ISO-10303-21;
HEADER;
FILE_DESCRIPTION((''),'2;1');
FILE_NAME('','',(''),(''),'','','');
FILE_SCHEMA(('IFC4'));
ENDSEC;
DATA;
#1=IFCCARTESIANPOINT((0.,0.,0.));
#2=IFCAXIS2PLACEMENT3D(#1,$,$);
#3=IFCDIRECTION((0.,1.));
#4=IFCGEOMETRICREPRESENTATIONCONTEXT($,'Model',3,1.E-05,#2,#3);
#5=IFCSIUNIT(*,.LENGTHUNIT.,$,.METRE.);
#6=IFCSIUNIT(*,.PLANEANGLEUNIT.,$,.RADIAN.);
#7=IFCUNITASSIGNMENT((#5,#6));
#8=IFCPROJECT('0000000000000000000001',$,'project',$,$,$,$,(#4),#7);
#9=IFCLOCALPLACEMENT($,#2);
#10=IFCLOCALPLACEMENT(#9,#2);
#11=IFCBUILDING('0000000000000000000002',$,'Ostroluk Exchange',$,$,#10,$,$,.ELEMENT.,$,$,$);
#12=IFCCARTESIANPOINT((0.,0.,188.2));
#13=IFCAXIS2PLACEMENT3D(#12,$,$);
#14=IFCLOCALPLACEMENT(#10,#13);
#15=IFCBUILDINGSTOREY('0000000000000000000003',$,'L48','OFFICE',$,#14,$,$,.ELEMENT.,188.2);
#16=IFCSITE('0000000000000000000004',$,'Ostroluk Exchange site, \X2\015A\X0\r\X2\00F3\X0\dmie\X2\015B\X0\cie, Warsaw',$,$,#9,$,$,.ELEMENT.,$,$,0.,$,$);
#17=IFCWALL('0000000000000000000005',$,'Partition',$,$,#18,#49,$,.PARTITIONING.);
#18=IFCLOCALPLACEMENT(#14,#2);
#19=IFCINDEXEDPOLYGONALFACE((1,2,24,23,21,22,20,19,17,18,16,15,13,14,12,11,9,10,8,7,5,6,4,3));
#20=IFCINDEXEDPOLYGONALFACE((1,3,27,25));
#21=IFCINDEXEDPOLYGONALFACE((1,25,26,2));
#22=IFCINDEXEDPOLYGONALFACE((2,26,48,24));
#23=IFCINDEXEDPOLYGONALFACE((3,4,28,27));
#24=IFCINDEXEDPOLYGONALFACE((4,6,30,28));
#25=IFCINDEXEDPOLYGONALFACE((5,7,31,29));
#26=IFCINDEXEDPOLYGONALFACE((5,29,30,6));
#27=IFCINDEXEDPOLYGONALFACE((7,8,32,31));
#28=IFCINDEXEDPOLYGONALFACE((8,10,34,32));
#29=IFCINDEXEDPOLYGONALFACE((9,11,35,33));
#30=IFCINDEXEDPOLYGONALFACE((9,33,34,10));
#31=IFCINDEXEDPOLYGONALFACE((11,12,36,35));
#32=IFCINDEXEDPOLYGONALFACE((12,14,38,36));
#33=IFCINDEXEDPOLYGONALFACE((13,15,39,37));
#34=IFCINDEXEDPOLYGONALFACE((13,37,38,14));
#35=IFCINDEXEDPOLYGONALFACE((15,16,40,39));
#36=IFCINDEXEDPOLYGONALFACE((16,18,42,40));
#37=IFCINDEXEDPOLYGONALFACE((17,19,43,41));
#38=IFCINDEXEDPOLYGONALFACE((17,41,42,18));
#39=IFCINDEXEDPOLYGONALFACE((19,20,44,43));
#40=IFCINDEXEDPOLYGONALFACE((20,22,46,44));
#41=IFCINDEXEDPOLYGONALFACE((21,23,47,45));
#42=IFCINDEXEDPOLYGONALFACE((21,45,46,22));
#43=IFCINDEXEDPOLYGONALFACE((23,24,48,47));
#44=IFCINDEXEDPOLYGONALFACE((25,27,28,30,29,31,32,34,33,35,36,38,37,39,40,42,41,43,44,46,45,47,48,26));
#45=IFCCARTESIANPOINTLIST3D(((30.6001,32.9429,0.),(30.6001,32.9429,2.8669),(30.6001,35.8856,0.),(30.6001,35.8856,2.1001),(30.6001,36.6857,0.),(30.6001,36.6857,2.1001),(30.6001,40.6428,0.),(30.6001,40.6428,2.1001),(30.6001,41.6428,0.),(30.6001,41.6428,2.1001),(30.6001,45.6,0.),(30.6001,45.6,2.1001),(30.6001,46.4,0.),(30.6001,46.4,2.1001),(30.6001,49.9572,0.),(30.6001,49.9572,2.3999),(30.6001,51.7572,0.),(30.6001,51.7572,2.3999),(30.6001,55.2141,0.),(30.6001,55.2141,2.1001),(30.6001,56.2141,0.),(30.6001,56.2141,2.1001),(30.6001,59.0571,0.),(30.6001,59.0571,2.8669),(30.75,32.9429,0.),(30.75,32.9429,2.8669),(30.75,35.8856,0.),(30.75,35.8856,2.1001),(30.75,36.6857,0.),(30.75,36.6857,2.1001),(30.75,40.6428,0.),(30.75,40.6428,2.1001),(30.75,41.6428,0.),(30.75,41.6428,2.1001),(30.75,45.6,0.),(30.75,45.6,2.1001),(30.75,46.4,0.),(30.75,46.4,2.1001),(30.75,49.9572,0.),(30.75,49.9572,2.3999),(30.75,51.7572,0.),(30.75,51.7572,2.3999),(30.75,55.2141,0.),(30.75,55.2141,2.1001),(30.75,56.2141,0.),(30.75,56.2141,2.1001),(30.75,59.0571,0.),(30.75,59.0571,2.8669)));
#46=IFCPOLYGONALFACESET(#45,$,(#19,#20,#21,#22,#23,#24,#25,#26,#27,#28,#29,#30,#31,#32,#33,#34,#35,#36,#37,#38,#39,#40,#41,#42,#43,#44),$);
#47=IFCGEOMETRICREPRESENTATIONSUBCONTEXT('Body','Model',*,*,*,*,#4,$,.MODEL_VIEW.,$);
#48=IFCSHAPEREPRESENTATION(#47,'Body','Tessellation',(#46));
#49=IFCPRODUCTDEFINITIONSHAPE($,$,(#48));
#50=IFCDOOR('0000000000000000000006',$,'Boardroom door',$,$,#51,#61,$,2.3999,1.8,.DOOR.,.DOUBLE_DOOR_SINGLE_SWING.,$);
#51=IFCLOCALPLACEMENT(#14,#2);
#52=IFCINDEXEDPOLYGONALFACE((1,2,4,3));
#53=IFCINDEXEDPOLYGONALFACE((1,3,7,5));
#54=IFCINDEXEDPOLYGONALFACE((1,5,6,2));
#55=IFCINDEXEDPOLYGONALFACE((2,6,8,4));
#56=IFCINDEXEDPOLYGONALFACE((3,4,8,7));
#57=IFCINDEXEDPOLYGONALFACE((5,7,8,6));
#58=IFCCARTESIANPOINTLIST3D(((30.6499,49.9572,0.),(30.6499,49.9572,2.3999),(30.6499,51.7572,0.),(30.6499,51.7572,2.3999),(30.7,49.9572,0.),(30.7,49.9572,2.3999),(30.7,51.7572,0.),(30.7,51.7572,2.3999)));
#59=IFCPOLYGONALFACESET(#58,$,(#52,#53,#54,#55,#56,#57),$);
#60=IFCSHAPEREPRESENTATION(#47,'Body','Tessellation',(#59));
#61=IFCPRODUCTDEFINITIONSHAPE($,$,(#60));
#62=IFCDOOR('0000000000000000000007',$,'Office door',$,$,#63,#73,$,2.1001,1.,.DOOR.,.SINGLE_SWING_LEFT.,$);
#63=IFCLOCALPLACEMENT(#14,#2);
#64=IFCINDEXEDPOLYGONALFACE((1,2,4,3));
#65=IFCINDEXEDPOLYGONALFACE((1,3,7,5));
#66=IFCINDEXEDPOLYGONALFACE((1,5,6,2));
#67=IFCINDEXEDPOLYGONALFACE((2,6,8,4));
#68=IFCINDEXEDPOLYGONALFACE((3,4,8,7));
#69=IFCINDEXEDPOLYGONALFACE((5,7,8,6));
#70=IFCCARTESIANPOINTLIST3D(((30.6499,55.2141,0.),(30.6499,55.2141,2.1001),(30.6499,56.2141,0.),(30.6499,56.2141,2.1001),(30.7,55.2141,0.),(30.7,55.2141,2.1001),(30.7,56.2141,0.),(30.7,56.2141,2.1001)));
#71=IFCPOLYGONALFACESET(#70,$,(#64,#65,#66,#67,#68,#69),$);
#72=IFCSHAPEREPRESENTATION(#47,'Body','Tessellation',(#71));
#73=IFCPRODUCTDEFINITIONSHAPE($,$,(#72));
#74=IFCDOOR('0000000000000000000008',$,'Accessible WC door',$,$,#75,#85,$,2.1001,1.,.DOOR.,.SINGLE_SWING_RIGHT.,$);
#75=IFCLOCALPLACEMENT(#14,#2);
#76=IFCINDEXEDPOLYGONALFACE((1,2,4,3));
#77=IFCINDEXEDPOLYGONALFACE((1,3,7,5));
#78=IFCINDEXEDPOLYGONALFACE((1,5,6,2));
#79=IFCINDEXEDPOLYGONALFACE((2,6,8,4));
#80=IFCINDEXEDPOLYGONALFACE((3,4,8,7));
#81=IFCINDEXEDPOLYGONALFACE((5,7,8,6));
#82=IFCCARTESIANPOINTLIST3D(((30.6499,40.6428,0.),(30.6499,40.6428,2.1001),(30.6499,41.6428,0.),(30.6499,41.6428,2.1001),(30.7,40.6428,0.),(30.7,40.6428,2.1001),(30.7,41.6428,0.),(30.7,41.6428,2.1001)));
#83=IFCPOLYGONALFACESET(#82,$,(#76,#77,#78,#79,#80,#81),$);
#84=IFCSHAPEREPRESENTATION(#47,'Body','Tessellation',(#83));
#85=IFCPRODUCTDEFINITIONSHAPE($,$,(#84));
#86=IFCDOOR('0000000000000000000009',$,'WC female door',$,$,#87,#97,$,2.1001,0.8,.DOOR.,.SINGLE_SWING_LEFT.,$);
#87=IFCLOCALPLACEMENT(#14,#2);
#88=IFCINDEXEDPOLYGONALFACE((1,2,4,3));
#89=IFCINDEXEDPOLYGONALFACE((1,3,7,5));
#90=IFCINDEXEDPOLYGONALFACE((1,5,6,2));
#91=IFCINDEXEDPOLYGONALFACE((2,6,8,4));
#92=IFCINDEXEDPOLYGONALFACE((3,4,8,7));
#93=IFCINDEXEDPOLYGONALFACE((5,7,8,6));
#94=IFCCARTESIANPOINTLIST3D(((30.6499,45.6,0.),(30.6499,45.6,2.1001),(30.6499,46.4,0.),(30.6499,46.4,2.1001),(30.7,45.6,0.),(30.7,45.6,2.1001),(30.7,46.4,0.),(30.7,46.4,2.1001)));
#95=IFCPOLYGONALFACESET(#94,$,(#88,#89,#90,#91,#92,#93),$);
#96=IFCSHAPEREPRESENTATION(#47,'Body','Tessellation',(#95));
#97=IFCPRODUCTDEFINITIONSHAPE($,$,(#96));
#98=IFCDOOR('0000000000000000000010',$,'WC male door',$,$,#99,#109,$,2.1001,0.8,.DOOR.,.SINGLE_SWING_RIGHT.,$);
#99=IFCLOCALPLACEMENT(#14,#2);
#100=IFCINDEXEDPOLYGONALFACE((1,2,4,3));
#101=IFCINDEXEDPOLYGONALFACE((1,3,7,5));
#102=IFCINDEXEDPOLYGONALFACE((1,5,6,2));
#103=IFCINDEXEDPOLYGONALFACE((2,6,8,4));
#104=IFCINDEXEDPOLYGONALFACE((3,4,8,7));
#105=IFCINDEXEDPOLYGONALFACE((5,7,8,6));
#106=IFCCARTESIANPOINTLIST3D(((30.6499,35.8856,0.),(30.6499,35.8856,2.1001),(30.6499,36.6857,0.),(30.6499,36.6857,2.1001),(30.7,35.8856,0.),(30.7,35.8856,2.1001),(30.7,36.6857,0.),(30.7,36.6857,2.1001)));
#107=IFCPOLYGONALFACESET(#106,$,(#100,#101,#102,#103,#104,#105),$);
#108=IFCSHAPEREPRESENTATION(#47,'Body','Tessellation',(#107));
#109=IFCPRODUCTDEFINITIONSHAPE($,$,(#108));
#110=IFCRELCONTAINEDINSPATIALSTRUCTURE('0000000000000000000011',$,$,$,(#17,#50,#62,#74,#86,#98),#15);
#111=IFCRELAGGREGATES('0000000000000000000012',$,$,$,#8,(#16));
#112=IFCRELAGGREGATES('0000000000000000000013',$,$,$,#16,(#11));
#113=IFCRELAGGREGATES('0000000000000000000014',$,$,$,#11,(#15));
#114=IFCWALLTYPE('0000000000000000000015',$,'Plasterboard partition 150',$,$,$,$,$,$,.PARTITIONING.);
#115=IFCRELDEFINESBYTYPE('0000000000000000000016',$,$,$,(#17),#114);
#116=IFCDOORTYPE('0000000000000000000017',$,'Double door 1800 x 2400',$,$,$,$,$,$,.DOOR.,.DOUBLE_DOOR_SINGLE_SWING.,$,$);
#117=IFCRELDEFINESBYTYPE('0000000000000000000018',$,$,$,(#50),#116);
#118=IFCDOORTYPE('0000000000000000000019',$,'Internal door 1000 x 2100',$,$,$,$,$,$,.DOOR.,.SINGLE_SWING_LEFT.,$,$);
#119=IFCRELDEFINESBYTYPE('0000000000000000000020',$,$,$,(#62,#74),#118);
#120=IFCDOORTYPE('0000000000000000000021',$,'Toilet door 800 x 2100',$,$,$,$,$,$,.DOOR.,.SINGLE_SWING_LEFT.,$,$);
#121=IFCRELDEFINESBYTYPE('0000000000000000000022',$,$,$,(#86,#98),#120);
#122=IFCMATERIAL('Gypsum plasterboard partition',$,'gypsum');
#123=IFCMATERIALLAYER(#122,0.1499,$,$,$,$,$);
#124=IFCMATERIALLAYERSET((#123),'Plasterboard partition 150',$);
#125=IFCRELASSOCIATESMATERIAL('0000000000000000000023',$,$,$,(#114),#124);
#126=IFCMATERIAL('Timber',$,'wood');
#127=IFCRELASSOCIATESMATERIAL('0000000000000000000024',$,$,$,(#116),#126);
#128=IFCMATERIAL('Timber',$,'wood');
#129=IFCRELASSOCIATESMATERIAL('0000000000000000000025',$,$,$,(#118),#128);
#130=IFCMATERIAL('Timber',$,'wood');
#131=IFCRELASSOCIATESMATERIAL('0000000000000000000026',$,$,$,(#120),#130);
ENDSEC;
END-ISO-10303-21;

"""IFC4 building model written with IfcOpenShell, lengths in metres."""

from ifc_helpers import new_model, si_unit, direction, frame, frame_2d, origin, place, context, subcontext, project, spatial, rectangle, extrude, material, layer, layer_set, type_object, element, fill, save


model = new_model("IFC4")

# Units and contexts
model_context = context("Model", 3, precision=1e-05, world=origin(), true_north=direction((0.0, 1.0)))
body_context = subcontext(model_context, "Body", "Model", "MODEL_VIEW")
ifc_project = project(units=[si_unit("LENGTHUNIT", "METRE"), si_unit("PLANEANGLEUNIT", "RADIAN")], contexts=[model_context])

# Site, building, storey
site_placement = place(None, origin())
site = spatial("IfcSite", under=ifc_project, at=site_placement, Name="Ostroluk Exchange site, Śródmieście, Warsaw", CompositionType="ELEMENT", RefElevation=0.0)
building_placement = place(site_placement, origin())
building = spatial("IfcBuilding", under=site, at=building_placement, Name="Ostroluk Exchange", CompositionType="ELEMENT")
storey_placement = place(building_placement, frame((0.0, 0.0, 188.2)))
storey = spatial("IfcBuildingStorey", under=building, at=storey_placement, Name="L48", Description="OFFICE", CompositionType="ELEMENT", Elevation=188.2)

# Shared definitions
ifc_material_1 = material(Name="Gypsum plasterboard partition", Category="gypsum")
ifc_layer_1 = layer(ifc_material_1, 0.1499)
ifc_layer_set_1 = layer_set([ifc_layer_1], Name="Plasterboard partition 150")
wall_type = type_object("IfcWallType", Name="Plasterboard partition 150", PredefinedType="PARTITIONING", material=ifc_layer_set_1)

# Wall, openings, doors
wall_1_placement = place(storey_placement, frame((30.675, 59.0571, 0.0), z_axis=(0.0, 0.0, 1.0), x_axis=(0.0, -1.0, 0.0)))
wall_1 = element("IfcWall", 1, at=wall_1_placement, inside=storey, type_object=wall_type, Name="Partition", PredefinedType="PARTITIONING", context=body_context, shape_type="SweptSolid", body=[
    extrude(rectangle(XDim=26.1143, YDim=0.1499, at=frame_2d((13.0571, 0.0))), origin(), (0.0, 0.0, 1.0), 2.8669),
])
opening_1_placement = place(wall_1_placement, frame((2.843, 0.0, 0.0)))
opening_1 = element("IfcOpeningElement", 2, at=opening_1_placement, cuts=wall_1, PredefinedType="OPENING", context=body_context, shape_type="SweptSolid", body=[
    extrude(rectangle(XDim=1.0, YDim=2.1001, at=frame_2d((0.5, 1.05))), frame((0.0, 0.085, 0.0), z_axis=(0.0, -1.0, 0.0), x_axis=(1.0, 0.0, 0.0)), (0.0, 0.0, 1.0), 0.1699),
])
opening_2_placement = place(wall_1_placement, frame((7.3, 0.0, 0.0)))
opening_2 = element("IfcOpeningElement", 3, at=opening_2_placement, cuts=wall_1, PredefinedType="OPENING", context=body_context, shape_type="SweptSolid", body=[
    extrude(rectangle(XDim=1.8, YDim=2.3999, at=frame_2d((0.8999, 1.2))), frame((0.0, 0.085, 0.0), z_axis=(0.0, -1.0, 0.0), x_axis=(1.0, 0.0, 0.0)), (0.0, 0.0, 1.0), 0.1699),
])
opening_3_placement = place(wall_1_placement, frame((12.6572, 0.0, 0.0)))
opening_3 = element("IfcOpeningElement", 4, at=opening_3_placement, cuts=wall_1, PredefinedType="OPENING", context=body_context, shape_type="SweptSolid", body=[
    extrude(rectangle(XDim=0.8, YDim=2.1001, at=frame_2d((0.3999, 1.05))), frame((0.0, 0.085, 0.0), z_axis=(0.0, -1.0, 0.0), x_axis=(1.0, 0.0, 0.0)), (0.0, 0.0, 1.0), 0.1699),
])
opening_4_placement = place(wall_1_placement, frame((17.4143, 0.0, 0.0)))
opening_4 = element("IfcOpeningElement", 5, at=opening_4_placement, cuts=wall_1, PredefinedType="OPENING", context=body_context, shape_type="SweptSolid", body=[
    extrude(rectangle(XDim=1.0, YDim=2.1001, at=frame_2d((0.5, 1.05))), frame((0.0, 0.085, 0.0), z_axis=(0.0, -1.0, 0.0), x_axis=(1.0, 0.0, 0.0)), (0.0, 0.0, 1.0), 0.1699),
])
opening_5_placement = place(wall_1_placement, frame((22.3716, 0.0, 0.0)))
opening_5 = element("IfcOpeningElement", 6, at=opening_5_placement, cuts=wall_1, PredefinedType="OPENING", context=body_context, shape_type="SweptSolid", body=[
    extrude(rectangle(XDim=0.8, YDim=2.1001, at=frame_2d((0.3999, 1.05))), frame((0.0, 0.085, 0.0), z_axis=(0.0, -1.0, 0.0), x_axis=(1.0, 0.0, 0.0)), (0.0, 0.0, 1.0), 0.1699),
])
ifc_material_2 = material(Name="Timber", Category="wood")
door_type_1 = type_object("IfcDoorType", Name="Double door 1800 x 2400", OperationType="DOUBLE_DOOR_SINGLE_SWING", PredefinedType="DOOR", material=ifc_material_2)
door_1_placement = place(opening_2_placement, origin())
door_1 = element("IfcDoor", 7, at=door_1_placement, inside=storey, type_object=door_type_1, Name="Boardroom door", OperationType="DOUBLE_DOOR_SINGLE_SWING", OverallHeight=2.3999, OverallWidth=1.8, PredefinedType="DOOR", context=body_context, shape_type="SweptSolid", body=[
    extrude(rectangle(XDim=1.8, YDim=2.3999, at=frame_2d((0.8999, 1.2))), frame((0.0, 0.0249, 0.0), z_axis=(0.0, -1.0, 0.0), x_axis=(1.0, 0.0, 0.0)), (0.0, 0.0, 1.0), 0.05),
])
fill(opening_2, door_1)
ifc_material_3 = material(Name="Timber", Category="wood")
door_type_2 = type_object("IfcDoorType", Name="Internal door 1000 x 2100", OperationType="SINGLE_SWING_LEFT", PredefinedType="DOOR", material=ifc_material_3)
door_2_placement = place(opening_1_placement, origin())
door_2 = element("IfcDoor", 8, at=door_2_placement, inside=storey, type_object=door_type_2, Name="Office door", OperationType="SINGLE_SWING_LEFT", OverallHeight=2.1001, OverallWidth=1.0, PredefinedType="DOOR", context=body_context, shape_type="SweptSolid", body=[
    extrude(rectangle(XDim=1.0, YDim=2.1001, at=frame_2d((0.5, 1.05))), frame((0.0, 0.0249, 0.0), z_axis=(0.0, -1.0, 0.0), x_axis=(1.0, 0.0, 0.0)), (0.0, 0.0, 1.0), 0.05),
])
fill(opening_1, door_2)
door_3_placement = place(opening_4_placement, origin())
door_3 = element("IfcDoor", 9, at=door_3_placement, inside=storey, type_object=door_type_2, Name="Accessible WC door", OperationType="SINGLE_SWING_RIGHT", OverallHeight=2.1001, OverallWidth=1.0, PredefinedType="DOOR", context=body_context, shape_type="SweptSolid", body=[
    extrude(rectangle(XDim=1.0, YDim=2.1001, at=frame_2d((0.5, 1.05))), frame((0.0, 0.0249, 0.0), z_axis=(0.0, -1.0, 0.0), x_axis=(1.0, 0.0, 0.0)), (0.0, 0.0, 1.0), 0.05),
])
fill(opening_4, door_3)
ifc_material_4 = material(Name="Timber", Category="wood")
door_type_3 = type_object("IfcDoorType", Name="Toilet door 800 x 2100", OperationType="SINGLE_SWING_LEFT", PredefinedType="DOOR", material=ifc_material_4)
door_4_placement = place(opening_3_placement, origin())
door_4 = element("IfcDoor", 10, at=door_4_placement, inside=storey, type_object=door_type_3, Name="WC female door", OperationType="SINGLE_SWING_LEFT", OverallHeight=2.1001, OverallWidth=0.8, PredefinedType="DOOR", context=body_context, shape_type="SweptSolid", body=[
    extrude(rectangle(XDim=0.8, YDim=2.1001, at=frame_2d((0.3999, 1.05))), frame((0.0, 0.0249, 0.0), z_axis=(0.0, -1.0, 0.0), x_axis=(1.0, 0.0, 0.0)), (0.0, 0.0, 1.0), 0.05),
])
fill(opening_3, door_4)
door_5_placement = place(opening_5_placement, origin())
door_5 = element("IfcDoor", 11, at=door_5_placement, inside=storey, type_object=door_type_3, Name="WC male door", OperationType="SINGLE_SWING_RIGHT", OverallHeight=2.1001, OverallWidth=0.8, PredefinedType="DOOR", context=body_context, shape_type="SweptSolid", body=[
    extrude(rectangle(XDim=0.8, YDim=2.1001, at=frame_2d((0.3999, 1.05))), frame((0.0, 0.0249, 0.0), z_axis=(0.0, -1.0, 0.0), x_axis=(1.0, 0.0, 0.0)), (0.0, 0.0, 1.0), 0.05),
])
fill(opening_5, door_5)

save(model, "model.ifc")
